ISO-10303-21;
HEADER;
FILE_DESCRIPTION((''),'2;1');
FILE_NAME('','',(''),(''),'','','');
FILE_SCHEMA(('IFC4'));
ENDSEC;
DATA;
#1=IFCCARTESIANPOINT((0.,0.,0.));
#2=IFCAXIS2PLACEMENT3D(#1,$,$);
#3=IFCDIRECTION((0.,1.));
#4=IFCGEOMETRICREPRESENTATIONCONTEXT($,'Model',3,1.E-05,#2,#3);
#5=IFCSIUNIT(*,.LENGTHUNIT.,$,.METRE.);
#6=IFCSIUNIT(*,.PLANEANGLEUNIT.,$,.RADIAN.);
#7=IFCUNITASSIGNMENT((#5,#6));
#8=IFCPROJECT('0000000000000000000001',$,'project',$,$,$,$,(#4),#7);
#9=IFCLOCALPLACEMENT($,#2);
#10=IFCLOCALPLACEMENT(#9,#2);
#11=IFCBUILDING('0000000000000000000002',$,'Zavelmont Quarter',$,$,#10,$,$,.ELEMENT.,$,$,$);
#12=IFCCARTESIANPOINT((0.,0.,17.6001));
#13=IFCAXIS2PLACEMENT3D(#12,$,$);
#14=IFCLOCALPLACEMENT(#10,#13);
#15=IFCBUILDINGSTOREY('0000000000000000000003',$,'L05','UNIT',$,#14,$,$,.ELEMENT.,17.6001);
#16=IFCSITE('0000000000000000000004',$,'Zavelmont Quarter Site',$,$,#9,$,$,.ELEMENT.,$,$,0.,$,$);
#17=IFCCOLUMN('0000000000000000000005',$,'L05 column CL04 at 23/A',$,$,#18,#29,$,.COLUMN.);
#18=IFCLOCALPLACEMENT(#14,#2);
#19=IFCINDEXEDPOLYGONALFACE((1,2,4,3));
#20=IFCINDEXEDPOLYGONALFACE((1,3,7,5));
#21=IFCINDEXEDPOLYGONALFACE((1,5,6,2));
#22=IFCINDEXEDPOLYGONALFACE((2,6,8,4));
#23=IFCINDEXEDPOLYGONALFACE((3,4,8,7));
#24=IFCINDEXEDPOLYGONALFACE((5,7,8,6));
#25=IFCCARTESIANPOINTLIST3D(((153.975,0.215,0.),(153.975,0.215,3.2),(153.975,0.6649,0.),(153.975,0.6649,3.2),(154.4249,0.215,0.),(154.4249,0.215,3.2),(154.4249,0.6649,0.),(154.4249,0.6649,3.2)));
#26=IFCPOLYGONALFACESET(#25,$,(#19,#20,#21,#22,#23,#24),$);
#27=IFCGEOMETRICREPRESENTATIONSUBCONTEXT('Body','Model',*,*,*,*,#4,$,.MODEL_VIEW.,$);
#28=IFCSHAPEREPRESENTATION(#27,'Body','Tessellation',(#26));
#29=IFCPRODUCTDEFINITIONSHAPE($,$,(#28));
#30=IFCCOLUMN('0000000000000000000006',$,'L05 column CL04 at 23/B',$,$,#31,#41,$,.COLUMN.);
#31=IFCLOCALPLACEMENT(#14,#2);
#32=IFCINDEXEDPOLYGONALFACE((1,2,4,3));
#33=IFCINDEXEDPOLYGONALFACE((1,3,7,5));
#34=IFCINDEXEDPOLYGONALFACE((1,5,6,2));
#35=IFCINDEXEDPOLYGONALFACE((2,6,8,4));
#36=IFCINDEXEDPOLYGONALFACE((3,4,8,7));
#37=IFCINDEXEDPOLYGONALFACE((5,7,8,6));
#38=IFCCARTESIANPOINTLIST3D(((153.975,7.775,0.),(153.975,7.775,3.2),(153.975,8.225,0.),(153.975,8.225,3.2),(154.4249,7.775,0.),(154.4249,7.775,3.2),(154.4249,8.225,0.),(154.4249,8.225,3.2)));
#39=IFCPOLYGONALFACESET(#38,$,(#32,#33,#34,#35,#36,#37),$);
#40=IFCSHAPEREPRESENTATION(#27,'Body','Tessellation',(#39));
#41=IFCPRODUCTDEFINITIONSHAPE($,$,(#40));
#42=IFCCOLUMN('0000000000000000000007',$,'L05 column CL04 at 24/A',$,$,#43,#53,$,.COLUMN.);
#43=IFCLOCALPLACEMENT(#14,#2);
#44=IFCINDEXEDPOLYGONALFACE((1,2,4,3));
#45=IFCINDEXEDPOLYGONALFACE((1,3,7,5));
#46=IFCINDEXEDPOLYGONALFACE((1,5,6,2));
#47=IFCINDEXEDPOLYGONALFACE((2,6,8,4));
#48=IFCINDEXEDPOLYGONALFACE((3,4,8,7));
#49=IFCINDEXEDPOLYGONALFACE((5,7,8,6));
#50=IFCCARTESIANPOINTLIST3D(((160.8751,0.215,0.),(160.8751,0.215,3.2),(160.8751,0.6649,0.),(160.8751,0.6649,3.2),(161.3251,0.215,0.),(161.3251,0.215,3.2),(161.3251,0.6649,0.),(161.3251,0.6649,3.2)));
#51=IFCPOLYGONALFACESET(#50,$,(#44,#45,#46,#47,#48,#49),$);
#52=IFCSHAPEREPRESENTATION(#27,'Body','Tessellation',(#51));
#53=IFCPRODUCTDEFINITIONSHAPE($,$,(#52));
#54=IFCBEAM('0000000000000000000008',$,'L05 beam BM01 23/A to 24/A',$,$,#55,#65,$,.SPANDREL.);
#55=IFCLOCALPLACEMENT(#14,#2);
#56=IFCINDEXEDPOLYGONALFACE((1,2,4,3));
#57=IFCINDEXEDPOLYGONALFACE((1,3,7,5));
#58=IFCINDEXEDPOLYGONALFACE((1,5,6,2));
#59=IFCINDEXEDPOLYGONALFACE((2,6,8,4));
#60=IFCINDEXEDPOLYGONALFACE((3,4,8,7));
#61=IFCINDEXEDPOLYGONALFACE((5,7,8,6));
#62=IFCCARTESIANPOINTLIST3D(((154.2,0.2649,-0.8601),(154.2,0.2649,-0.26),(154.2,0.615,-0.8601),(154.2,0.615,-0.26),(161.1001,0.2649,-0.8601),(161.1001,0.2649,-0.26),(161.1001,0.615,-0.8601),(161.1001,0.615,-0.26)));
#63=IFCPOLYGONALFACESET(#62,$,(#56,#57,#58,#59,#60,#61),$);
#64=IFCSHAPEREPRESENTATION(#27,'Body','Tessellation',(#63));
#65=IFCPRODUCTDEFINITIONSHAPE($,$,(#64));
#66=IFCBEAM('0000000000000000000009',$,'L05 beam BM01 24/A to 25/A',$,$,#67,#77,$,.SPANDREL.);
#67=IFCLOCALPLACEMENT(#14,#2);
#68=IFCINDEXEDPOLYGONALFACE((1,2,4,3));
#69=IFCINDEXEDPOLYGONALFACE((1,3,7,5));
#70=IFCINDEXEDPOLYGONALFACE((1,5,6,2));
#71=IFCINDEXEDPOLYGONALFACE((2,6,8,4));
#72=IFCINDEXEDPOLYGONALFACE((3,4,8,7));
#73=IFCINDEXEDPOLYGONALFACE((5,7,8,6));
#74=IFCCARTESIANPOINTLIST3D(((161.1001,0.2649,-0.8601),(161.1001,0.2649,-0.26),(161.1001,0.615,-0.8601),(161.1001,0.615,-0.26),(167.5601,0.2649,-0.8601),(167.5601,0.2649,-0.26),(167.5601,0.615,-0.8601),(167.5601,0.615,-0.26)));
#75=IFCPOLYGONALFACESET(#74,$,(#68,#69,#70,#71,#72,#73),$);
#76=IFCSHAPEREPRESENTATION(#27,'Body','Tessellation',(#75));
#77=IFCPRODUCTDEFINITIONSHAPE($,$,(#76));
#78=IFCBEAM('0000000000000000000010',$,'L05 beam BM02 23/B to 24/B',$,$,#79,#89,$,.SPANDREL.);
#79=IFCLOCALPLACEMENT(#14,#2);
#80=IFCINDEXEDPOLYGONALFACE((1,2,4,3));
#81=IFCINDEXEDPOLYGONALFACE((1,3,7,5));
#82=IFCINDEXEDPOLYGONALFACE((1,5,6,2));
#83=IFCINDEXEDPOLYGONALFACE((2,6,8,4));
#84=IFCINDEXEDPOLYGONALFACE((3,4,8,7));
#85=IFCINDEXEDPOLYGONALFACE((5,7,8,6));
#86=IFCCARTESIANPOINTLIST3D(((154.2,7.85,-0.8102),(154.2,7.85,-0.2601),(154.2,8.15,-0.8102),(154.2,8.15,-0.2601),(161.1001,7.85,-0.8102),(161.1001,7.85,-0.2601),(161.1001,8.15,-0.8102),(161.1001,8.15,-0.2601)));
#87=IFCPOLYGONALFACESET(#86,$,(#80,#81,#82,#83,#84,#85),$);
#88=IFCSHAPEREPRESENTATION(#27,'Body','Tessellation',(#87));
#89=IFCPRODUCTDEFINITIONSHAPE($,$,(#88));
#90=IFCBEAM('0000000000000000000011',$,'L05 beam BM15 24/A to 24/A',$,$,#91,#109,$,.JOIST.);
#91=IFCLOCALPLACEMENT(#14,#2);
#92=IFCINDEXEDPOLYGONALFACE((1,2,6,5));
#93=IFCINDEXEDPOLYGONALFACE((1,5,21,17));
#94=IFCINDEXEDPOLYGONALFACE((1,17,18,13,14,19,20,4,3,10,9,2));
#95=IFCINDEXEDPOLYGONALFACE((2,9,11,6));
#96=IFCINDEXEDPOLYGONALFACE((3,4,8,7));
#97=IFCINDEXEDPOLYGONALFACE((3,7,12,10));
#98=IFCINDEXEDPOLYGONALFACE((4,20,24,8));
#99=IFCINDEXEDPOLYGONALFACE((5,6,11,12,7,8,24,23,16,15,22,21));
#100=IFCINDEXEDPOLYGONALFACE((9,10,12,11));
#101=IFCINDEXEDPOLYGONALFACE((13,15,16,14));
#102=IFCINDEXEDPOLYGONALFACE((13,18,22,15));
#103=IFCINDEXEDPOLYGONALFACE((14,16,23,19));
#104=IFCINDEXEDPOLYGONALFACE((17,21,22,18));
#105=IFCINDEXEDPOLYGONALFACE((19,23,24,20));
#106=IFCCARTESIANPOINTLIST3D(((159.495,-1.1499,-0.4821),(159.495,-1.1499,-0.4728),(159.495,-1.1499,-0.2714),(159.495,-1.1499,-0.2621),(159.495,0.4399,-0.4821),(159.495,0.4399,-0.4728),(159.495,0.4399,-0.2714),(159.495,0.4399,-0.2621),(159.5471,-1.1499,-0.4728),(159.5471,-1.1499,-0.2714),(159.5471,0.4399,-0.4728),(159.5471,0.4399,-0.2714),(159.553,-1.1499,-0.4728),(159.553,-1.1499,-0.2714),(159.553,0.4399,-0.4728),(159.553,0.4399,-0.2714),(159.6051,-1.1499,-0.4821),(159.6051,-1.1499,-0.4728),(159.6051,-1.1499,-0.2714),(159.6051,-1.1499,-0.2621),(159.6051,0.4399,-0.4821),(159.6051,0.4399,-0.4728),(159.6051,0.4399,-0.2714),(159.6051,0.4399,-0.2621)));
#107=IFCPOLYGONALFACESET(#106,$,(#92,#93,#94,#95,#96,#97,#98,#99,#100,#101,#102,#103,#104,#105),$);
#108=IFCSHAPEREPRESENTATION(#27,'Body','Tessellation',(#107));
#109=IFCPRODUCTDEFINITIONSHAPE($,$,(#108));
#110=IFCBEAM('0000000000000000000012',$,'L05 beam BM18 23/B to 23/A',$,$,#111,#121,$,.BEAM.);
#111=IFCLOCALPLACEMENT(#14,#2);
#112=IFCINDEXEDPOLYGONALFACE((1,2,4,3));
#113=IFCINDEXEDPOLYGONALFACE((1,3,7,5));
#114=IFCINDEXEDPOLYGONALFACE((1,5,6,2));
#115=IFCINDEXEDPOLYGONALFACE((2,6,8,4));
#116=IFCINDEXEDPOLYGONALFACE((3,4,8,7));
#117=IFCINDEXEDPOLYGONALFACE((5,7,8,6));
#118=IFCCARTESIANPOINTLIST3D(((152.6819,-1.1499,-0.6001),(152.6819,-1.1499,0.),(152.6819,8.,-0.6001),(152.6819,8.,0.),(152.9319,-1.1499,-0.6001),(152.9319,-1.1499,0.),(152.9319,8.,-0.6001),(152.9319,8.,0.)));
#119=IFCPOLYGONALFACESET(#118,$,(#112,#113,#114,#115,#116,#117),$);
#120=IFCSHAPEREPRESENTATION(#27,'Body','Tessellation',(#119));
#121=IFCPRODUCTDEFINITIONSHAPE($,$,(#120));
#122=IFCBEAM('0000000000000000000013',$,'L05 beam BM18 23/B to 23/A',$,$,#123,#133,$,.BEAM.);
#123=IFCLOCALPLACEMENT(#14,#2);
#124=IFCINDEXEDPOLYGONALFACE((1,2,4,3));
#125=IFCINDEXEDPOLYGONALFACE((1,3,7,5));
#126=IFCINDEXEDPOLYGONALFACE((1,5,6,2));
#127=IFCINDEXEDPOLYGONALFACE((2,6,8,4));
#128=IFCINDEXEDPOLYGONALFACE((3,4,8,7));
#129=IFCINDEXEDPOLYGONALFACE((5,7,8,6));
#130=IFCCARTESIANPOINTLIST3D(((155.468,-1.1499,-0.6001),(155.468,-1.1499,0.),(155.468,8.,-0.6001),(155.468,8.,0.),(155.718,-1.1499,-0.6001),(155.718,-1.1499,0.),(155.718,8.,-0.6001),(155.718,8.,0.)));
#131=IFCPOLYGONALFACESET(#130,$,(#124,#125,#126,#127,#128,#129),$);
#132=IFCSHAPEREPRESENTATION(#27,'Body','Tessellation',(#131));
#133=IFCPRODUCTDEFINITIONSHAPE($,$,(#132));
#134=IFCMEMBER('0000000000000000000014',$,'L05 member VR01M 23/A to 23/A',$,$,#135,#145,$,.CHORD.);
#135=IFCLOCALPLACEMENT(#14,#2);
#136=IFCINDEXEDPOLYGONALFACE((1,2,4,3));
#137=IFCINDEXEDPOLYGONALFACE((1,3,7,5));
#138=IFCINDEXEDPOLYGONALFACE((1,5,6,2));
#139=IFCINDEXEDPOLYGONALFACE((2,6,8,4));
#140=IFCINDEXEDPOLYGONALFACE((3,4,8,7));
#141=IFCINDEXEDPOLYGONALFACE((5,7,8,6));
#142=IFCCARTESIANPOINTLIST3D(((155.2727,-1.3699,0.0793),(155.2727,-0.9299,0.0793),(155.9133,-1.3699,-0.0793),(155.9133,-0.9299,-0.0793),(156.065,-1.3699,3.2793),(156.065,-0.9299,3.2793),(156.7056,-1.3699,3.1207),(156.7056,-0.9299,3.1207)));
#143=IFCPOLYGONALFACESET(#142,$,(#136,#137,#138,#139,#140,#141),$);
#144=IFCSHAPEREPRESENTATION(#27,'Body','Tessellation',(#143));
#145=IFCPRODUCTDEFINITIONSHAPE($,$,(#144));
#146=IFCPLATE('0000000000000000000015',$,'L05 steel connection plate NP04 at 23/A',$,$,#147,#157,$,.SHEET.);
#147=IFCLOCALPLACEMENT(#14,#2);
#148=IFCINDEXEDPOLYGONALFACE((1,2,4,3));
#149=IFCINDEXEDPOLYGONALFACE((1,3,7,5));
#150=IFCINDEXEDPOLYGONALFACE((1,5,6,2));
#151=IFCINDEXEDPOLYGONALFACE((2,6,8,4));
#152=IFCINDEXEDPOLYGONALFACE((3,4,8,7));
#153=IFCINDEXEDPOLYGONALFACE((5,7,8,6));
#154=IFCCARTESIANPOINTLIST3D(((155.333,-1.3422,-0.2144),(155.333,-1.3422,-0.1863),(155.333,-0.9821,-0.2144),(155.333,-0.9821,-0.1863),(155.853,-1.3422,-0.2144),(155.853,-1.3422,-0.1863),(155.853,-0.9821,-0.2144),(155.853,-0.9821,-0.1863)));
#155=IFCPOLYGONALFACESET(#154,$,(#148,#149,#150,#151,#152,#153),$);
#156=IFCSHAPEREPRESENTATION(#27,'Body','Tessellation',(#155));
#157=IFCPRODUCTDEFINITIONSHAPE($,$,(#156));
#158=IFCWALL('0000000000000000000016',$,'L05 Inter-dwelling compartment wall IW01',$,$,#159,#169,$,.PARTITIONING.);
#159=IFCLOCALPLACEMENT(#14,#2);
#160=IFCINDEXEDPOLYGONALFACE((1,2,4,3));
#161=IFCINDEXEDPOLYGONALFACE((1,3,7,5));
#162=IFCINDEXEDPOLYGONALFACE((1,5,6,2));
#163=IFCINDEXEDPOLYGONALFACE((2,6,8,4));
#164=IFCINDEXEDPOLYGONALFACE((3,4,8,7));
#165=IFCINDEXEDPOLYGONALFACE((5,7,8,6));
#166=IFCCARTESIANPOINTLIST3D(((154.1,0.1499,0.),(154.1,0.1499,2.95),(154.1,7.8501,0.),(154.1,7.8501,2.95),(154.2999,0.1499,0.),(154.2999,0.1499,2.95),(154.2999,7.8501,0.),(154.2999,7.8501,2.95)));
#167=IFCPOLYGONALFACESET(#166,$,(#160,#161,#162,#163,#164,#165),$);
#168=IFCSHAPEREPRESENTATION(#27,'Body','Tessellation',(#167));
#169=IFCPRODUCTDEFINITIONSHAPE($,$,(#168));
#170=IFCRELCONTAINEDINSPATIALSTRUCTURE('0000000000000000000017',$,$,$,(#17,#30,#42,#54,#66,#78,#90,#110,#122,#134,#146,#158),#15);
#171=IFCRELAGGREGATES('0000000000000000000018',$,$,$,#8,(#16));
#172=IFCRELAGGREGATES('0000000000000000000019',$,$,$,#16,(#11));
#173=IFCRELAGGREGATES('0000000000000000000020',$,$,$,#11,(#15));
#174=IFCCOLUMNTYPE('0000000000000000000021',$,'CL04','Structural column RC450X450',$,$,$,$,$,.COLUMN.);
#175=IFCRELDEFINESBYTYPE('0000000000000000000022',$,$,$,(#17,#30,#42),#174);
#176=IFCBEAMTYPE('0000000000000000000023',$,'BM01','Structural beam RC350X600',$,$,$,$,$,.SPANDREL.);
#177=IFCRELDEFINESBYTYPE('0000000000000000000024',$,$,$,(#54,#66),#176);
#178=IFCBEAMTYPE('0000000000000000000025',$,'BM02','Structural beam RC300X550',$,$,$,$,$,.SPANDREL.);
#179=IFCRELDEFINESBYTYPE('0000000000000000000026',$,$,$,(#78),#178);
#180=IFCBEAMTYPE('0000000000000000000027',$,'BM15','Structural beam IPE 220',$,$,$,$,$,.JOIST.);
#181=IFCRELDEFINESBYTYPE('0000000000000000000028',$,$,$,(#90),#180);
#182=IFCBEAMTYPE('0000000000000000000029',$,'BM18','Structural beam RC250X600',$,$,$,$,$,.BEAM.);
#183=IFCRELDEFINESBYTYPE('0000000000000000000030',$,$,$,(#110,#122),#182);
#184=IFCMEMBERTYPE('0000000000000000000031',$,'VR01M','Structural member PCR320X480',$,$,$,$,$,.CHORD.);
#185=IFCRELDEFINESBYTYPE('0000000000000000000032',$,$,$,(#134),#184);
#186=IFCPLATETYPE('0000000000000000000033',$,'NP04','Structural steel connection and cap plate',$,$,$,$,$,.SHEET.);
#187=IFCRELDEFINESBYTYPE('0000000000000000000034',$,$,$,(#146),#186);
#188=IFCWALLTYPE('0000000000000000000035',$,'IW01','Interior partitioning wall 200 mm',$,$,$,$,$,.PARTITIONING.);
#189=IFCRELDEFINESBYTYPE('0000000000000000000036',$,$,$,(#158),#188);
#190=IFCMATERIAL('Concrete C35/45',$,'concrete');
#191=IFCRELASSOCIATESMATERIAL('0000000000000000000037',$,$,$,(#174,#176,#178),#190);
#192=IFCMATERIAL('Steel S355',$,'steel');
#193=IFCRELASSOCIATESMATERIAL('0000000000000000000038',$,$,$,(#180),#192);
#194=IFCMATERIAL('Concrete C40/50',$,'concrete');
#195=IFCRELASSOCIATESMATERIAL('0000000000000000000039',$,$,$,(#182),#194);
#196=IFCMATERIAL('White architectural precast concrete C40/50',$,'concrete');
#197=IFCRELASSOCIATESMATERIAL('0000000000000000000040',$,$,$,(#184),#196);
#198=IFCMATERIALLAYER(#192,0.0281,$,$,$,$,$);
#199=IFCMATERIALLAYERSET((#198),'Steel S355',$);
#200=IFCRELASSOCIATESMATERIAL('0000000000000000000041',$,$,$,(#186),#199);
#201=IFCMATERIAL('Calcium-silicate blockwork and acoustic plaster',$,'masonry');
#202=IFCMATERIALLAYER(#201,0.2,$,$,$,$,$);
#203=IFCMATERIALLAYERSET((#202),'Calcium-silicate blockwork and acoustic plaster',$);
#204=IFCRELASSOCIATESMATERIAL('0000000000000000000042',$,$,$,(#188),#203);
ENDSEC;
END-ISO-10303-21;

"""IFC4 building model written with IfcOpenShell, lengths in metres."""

from ifc_helpers import new_model, si_unit, direction, frame, frame_2d, origin, origin_2d, place, context, subcontext, project, spatial, rectangle, i_section, extrude, material, layer, layer_set, material_profile, profile_set, type_object, element, save


model = new_model("IFC4")

# Units and contexts
model_context = context("Model", 3, precision=1e-05, world=origin(), true_north=direction((0.0, 1.0)))
body_context = subcontext(model_context, "Body", "Model", "MODEL_VIEW")
ifc_project = project(units=[si_unit("LENGTHUNIT", "METRE"), si_unit("PLANEANGLEUNIT", "RADIAN")], contexts=[model_context])

# Site, building, storey
site_placement = place(None, origin())
site = spatial("IfcSite", under=ifc_project, at=site_placement, Name="Zavelmont Quarter Site", CompositionType="ELEMENT", RefElevation=0.0)
building_placement = place(site_placement, origin())
building = spatial("IfcBuilding", under=site, at=building_placement, Name="Zavelmont Quarter", CompositionType="ELEMENT")
storey_placement = place(building_placement, frame((0.0, 0.0, 17.6001)))
storey = spatial("IfcBuildingStorey", under=building, at=storey_placement, Name="L05", Description="UNIT", CompositionType="ELEMENT", Elevation=17.6001)

# Columns
ifc_material_1 = material(Name="Concrete C35/45", Category="concrete")
ifc_material_profile_1 = material_profile(ifc_material_1, rectangle(XDim=0.45, YDim=0.45, at=origin_2d()), Name="RC450X450")
ifc_profile_set_1 = profile_set([ifc_material_profile_1], Name="Concrete C35/45")
column_type = type_object("IfcColumnType", Name="CL04", Description="Structural column RC450X450", PredefinedType="COLUMN", material=ifc_profile_set_1)
for number, where, z_axis, x_axis, name in (
    (1, (154.2, 0.4399, 0.0), (0.0, 0.0, 1.0), (1.0, 0.0, 0.0), "L05 column CL04 at 23/A"),
    (2, (154.2, 8.0, 0.0), (0.0, 0.0, 1.0), (1.0, 0.0, 0.0), "L05 column CL04 at 23/B"),
    (3, (161.1001, 0.4399, 0.0), (0.0, 0.0, 1.0), (1.0, 0.0, 0.0), "L05 column CL04 at 24/A"),
):
    element("IfcColumn", number, at=place(storey_placement, frame(where, z_axis=z_axis, x_axis=x_axis)), inside=storey, type_object=column_type, Name=name, PredefinedType="COLUMN", context=body_context, shape_type="SweptSolid", body=[
        extrude(rectangle(XDim=0.45, YDim=0.45, at=origin_2d()), origin(), (0.0, 0.0, 1.0), 3.2),
    ])

# Beams
ifc_material_profile_2 = material_profile(ifc_material_1, rectangle(XDim=0.3501, YDim=0.6001, at=origin_2d()), Name="RC350X600")
ifc_profile_set_2 = profile_set([ifc_material_profile_2], Name="Concrete C35/45")
beam_type_1 = type_object("IfcBeamType", Name="BM01", Description="Structural beam RC350X600", PredefinedType="SPANDREL", material=ifc_profile_set_2)
beam_1_placement = place(storey_placement, frame((154.2, 0.4399, -0.5601), z_axis=(1.0, 0.0, 0.0), x_axis=(0.0, 1.0, 0.0)))
element("IfcBeam", 4, at=beam_1_placement, inside=storey, type_object=beam_type_1, Name="L05 beam BM01 23/A to 24/A", PredefinedType="SPANDREL", context=body_context, shape_type="SweptSolid", body=[
    extrude(rectangle(XDim=0.3501, YDim=0.6001, at=origin_2d()), origin(), (0.0, 0.0, 1.0), 6.9001),
])
beam_2_placement = place(storey_placement, frame((161.1001, 0.4399, -0.5601), z_axis=(1.0, 0.0, 0.0), x_axis=(0.0, 1.0, 0.0)))
element("IfcBeam", 5, at=beam_2_placement, inside=storey, type_object=beam_type_1, Name="L05 beam BM01 24/A to 25/A", PredefinedType="SPANDREL", context=body_context, shape_type="SweptSolid", body=[
    extrude(rectangle(XDim=0.3501, YDim=0.6001, at=origin_2d()), origin(), (0.0, 0.0, 1.0), 6.46),
])
ifc_material_profile_3 = material_profile(ifc_material_1, rectangle(XDim=0.3, YDim=0.55, at=origin_2d()), Name="RC300X550")
ifc_profile_set_3 = profile_set([ifc_material_profile_3], Name="Concrete C35/45")
beam_type_2 = type_object("IfcBeamType", Name="BM02", Description="Structural beam RC300X550", PredefinedType="SPANDREL", material=ifc_profile_set_3)
beam_3_placement = place(storey_placement, frame((154.2, 8.0, -0.5352), z_axis=(1.0, 0.0, 0.0), x_axis=(0.0, 1.0, 0.0)))
element("IfcBeam", 6, at=beam_3_placement, inside=storey, type_object=beam_type_2, Name="L05 beam BM02 23/B to 24/B", PredefinedType="SPANDREL", context=body_context, shape_type="SweptSolid", body=[
    extrude(rectangle(XDim=0.3, YDim=0.55, at=origin_2d()), origin(), (0.0, 0.0, 1.0), 6.9001),
])
ifc_material_2 = material(Name="Steel S355", Category="steel")
ifc_material_profile_4 = material_profile(ifc_material_2, i_section(OverallWidth=0.1101, OverallDepth=0.22, WebThickness=0.0059, FlangeThickness=0.0093, at=origin_2d()), Name="IPE 220")
ifc_profile_set_4 = profile_set([ifc_material_profile_4], Name="Steel S355")
beam_type_3 = type_object("IfcBeamType", Name="BM15", Description="Structural beam IPE 220", PredefinedType="JOIST", material=ifc_profile_set_4)
beam_4_placement = place(storey_placement, frame((159.55, 0.4399, -0.3721), z_axis=(0.0, -1.0, 0.0), x_axis=(1.0, 0.0, 0.0)))
element("IfcBeam", 7, at=beam_4_placement, inside=storey, type_object=beam_type_3, Name="L05 beam BM15 24/A to 24/A", PredefinedType="JOIST", context=body_context, shape_type="SweptSolid", body=[
    extrude(i_section(OverallWidth=0.1101, OverallDepth=0.22, WebThickness=0.0059, FlangeThickness=0.0093, at=origin_2d()), origin(), (0.0, 0.0, 1.0), 1.5898),
])
ifc_material_3 = material(Name="Concrete C40/50", Category="concrete")
ifc_material_profile_5 = material_profile(ifc_material_3, rectangle(XDim=0.25, YDim=0.6001, at=origin_2d()), Name="RC250X600")
ifc_profile_set_5 = profile_set([ifc_material_profile_5], Name="Concrete C40/50")
beam_type_4 = type_object("IfcBeamType", Name="BM18", Description="Structural beam RC250X600", PredefinedType="BEAM", material=ifc_profile_set_5)
for number, where, z_axis, x_axis, name in (
    (8, (152.8069, 8.0, -0.3), (0.0, -1.0, 0.0), (1.0, 0.0, 0.0), "L05 beam BM18 23/B to 23/A"),
    (9, (155.593, 8.0, -0.3), (0.0, -1.0, 0.0), (1.0, 0.0, 0.0), "L05 beam BM18 23/B to 23/A"),
):
    element("IfcBeam", number, at=place(storey_placement, frame(where, z_axis=z_axis, x_axis=x_axis)), inside=storey, type_object=beam_type_4, Name=name, PredefinedType="BEAM", context=body_context, shape_type="SweptSolid", body=[
        extrude(rectangle(XDim=0.25, YDim=0.6001, at=origin_2d()), origin(), (0.0, 0.0, 1.0), 9.1499),
    ])

# Member
ifc_material_4 = material(Name="White architectural precast concrete C40/50", Category="concrete")
ifc_material_profile_6 = material_profile(ifc_material_4, rectangle(XDim=0.4399, YDim=0.6599, at=origin_2d()), Name="PCR320X480")
ifc_profile_set_6 = profile_set([ifc_material_profile_6], Name="White architectural precast concrete C40/50")
member_type = type_object("IfcMemberType", Name="VR01M", Description="Structural member PCR320X480", PredefinedType="CHORD", material=ifc_profile_set_6)
member_placement = place(storey_placement, frame((155.593, -1.1499, 0.0), z_axis=(0.240322, 0.0, 0.970693), x_axis=(0.0, 1.0, 0.0)))
element("IfcMember", 10, at=member_placement, inside=storey, type_object=member_type, Name="L05 member VR01M 23/A to 23/A", PredefinedType="CHORD", context=body_context, shape_type="SweptSolid", body=[
    extrude(rectangle(XDim=0.4399, YDim=0.6599, at=origin_2d()), origin(), (0.0, 0.0, 1.0), 3.2966),
])

# Plate
ifc_layer_1 = layer(ifc_material_2, 0.0281)
ifc_layer_set_1 = layer_set([ifc_layer_1], Name="Steel S355")
plate_type = type_object("IfcPlateType", Name="NP04", Description="Structural steel connection and cap plate", PredefinedType="SHEET", material=ifc_layer_set_1)
plate_placement = place(storey_placement, frame((155.593, -1.1621, -0.2144), z_axis=(0.0, 0.0, 1.0), x_axis=(1.0, 0.0, 0.0)))
element("IfcPlate", 11, at=plate_placement, inside=storey, type_object=plate_type, Name="L05 steel connection plate NP04 at 23/A", PredefinedType="SHEET", context=body_context, shape_type="SweptSolid", body=[
    extrude(rectangle(XDim=0.52, YDim=0.3601, at=origin_2d()), origin(), (0.0, 0.0, 1.0), 0.0281),
])

# Wall
ifc_material_5 = material(Name="Calcium-silicate blockwork and acoustic plaster", Category="masonry")
ifc_layer_2 = layer(ifc_material_5, 0.2)
ifc_layer_set_2 = layer_set([ifc_layer_2], Name="Calcium-silicate blockwork and acoustic plaster")
wall_type_1 = type_object("IfcWallType", Name="IW01", Description="Interior partitioning wall 200 mm", PredefinedType="PARTITIONING", material=ifc_layer_set_2)
wall_1_placement = place(storey_placement, frame((154.2, 7.8501, 0.0), z_axis=(0.0, 0.0, 1.0), x_axis=(0.0, -1.0, 0.0)))
element("IfcWall", 12, at=wall_1_placement, inside=storey, type_object=wall_type_1, Name="L05 Inter-dwelling compartment wall IW01", PredefinedType="PARTITIONING", context=body_context, shape_type="SweptSolid", body=[
    extrude(rectangle(XDim=7.7002, YDim=0.2, at=frame_2d((3.8501, 0.0))), origin(), (0.0, 0.0, 1.0), 2.95),
])

save(model, "model.ifc")
